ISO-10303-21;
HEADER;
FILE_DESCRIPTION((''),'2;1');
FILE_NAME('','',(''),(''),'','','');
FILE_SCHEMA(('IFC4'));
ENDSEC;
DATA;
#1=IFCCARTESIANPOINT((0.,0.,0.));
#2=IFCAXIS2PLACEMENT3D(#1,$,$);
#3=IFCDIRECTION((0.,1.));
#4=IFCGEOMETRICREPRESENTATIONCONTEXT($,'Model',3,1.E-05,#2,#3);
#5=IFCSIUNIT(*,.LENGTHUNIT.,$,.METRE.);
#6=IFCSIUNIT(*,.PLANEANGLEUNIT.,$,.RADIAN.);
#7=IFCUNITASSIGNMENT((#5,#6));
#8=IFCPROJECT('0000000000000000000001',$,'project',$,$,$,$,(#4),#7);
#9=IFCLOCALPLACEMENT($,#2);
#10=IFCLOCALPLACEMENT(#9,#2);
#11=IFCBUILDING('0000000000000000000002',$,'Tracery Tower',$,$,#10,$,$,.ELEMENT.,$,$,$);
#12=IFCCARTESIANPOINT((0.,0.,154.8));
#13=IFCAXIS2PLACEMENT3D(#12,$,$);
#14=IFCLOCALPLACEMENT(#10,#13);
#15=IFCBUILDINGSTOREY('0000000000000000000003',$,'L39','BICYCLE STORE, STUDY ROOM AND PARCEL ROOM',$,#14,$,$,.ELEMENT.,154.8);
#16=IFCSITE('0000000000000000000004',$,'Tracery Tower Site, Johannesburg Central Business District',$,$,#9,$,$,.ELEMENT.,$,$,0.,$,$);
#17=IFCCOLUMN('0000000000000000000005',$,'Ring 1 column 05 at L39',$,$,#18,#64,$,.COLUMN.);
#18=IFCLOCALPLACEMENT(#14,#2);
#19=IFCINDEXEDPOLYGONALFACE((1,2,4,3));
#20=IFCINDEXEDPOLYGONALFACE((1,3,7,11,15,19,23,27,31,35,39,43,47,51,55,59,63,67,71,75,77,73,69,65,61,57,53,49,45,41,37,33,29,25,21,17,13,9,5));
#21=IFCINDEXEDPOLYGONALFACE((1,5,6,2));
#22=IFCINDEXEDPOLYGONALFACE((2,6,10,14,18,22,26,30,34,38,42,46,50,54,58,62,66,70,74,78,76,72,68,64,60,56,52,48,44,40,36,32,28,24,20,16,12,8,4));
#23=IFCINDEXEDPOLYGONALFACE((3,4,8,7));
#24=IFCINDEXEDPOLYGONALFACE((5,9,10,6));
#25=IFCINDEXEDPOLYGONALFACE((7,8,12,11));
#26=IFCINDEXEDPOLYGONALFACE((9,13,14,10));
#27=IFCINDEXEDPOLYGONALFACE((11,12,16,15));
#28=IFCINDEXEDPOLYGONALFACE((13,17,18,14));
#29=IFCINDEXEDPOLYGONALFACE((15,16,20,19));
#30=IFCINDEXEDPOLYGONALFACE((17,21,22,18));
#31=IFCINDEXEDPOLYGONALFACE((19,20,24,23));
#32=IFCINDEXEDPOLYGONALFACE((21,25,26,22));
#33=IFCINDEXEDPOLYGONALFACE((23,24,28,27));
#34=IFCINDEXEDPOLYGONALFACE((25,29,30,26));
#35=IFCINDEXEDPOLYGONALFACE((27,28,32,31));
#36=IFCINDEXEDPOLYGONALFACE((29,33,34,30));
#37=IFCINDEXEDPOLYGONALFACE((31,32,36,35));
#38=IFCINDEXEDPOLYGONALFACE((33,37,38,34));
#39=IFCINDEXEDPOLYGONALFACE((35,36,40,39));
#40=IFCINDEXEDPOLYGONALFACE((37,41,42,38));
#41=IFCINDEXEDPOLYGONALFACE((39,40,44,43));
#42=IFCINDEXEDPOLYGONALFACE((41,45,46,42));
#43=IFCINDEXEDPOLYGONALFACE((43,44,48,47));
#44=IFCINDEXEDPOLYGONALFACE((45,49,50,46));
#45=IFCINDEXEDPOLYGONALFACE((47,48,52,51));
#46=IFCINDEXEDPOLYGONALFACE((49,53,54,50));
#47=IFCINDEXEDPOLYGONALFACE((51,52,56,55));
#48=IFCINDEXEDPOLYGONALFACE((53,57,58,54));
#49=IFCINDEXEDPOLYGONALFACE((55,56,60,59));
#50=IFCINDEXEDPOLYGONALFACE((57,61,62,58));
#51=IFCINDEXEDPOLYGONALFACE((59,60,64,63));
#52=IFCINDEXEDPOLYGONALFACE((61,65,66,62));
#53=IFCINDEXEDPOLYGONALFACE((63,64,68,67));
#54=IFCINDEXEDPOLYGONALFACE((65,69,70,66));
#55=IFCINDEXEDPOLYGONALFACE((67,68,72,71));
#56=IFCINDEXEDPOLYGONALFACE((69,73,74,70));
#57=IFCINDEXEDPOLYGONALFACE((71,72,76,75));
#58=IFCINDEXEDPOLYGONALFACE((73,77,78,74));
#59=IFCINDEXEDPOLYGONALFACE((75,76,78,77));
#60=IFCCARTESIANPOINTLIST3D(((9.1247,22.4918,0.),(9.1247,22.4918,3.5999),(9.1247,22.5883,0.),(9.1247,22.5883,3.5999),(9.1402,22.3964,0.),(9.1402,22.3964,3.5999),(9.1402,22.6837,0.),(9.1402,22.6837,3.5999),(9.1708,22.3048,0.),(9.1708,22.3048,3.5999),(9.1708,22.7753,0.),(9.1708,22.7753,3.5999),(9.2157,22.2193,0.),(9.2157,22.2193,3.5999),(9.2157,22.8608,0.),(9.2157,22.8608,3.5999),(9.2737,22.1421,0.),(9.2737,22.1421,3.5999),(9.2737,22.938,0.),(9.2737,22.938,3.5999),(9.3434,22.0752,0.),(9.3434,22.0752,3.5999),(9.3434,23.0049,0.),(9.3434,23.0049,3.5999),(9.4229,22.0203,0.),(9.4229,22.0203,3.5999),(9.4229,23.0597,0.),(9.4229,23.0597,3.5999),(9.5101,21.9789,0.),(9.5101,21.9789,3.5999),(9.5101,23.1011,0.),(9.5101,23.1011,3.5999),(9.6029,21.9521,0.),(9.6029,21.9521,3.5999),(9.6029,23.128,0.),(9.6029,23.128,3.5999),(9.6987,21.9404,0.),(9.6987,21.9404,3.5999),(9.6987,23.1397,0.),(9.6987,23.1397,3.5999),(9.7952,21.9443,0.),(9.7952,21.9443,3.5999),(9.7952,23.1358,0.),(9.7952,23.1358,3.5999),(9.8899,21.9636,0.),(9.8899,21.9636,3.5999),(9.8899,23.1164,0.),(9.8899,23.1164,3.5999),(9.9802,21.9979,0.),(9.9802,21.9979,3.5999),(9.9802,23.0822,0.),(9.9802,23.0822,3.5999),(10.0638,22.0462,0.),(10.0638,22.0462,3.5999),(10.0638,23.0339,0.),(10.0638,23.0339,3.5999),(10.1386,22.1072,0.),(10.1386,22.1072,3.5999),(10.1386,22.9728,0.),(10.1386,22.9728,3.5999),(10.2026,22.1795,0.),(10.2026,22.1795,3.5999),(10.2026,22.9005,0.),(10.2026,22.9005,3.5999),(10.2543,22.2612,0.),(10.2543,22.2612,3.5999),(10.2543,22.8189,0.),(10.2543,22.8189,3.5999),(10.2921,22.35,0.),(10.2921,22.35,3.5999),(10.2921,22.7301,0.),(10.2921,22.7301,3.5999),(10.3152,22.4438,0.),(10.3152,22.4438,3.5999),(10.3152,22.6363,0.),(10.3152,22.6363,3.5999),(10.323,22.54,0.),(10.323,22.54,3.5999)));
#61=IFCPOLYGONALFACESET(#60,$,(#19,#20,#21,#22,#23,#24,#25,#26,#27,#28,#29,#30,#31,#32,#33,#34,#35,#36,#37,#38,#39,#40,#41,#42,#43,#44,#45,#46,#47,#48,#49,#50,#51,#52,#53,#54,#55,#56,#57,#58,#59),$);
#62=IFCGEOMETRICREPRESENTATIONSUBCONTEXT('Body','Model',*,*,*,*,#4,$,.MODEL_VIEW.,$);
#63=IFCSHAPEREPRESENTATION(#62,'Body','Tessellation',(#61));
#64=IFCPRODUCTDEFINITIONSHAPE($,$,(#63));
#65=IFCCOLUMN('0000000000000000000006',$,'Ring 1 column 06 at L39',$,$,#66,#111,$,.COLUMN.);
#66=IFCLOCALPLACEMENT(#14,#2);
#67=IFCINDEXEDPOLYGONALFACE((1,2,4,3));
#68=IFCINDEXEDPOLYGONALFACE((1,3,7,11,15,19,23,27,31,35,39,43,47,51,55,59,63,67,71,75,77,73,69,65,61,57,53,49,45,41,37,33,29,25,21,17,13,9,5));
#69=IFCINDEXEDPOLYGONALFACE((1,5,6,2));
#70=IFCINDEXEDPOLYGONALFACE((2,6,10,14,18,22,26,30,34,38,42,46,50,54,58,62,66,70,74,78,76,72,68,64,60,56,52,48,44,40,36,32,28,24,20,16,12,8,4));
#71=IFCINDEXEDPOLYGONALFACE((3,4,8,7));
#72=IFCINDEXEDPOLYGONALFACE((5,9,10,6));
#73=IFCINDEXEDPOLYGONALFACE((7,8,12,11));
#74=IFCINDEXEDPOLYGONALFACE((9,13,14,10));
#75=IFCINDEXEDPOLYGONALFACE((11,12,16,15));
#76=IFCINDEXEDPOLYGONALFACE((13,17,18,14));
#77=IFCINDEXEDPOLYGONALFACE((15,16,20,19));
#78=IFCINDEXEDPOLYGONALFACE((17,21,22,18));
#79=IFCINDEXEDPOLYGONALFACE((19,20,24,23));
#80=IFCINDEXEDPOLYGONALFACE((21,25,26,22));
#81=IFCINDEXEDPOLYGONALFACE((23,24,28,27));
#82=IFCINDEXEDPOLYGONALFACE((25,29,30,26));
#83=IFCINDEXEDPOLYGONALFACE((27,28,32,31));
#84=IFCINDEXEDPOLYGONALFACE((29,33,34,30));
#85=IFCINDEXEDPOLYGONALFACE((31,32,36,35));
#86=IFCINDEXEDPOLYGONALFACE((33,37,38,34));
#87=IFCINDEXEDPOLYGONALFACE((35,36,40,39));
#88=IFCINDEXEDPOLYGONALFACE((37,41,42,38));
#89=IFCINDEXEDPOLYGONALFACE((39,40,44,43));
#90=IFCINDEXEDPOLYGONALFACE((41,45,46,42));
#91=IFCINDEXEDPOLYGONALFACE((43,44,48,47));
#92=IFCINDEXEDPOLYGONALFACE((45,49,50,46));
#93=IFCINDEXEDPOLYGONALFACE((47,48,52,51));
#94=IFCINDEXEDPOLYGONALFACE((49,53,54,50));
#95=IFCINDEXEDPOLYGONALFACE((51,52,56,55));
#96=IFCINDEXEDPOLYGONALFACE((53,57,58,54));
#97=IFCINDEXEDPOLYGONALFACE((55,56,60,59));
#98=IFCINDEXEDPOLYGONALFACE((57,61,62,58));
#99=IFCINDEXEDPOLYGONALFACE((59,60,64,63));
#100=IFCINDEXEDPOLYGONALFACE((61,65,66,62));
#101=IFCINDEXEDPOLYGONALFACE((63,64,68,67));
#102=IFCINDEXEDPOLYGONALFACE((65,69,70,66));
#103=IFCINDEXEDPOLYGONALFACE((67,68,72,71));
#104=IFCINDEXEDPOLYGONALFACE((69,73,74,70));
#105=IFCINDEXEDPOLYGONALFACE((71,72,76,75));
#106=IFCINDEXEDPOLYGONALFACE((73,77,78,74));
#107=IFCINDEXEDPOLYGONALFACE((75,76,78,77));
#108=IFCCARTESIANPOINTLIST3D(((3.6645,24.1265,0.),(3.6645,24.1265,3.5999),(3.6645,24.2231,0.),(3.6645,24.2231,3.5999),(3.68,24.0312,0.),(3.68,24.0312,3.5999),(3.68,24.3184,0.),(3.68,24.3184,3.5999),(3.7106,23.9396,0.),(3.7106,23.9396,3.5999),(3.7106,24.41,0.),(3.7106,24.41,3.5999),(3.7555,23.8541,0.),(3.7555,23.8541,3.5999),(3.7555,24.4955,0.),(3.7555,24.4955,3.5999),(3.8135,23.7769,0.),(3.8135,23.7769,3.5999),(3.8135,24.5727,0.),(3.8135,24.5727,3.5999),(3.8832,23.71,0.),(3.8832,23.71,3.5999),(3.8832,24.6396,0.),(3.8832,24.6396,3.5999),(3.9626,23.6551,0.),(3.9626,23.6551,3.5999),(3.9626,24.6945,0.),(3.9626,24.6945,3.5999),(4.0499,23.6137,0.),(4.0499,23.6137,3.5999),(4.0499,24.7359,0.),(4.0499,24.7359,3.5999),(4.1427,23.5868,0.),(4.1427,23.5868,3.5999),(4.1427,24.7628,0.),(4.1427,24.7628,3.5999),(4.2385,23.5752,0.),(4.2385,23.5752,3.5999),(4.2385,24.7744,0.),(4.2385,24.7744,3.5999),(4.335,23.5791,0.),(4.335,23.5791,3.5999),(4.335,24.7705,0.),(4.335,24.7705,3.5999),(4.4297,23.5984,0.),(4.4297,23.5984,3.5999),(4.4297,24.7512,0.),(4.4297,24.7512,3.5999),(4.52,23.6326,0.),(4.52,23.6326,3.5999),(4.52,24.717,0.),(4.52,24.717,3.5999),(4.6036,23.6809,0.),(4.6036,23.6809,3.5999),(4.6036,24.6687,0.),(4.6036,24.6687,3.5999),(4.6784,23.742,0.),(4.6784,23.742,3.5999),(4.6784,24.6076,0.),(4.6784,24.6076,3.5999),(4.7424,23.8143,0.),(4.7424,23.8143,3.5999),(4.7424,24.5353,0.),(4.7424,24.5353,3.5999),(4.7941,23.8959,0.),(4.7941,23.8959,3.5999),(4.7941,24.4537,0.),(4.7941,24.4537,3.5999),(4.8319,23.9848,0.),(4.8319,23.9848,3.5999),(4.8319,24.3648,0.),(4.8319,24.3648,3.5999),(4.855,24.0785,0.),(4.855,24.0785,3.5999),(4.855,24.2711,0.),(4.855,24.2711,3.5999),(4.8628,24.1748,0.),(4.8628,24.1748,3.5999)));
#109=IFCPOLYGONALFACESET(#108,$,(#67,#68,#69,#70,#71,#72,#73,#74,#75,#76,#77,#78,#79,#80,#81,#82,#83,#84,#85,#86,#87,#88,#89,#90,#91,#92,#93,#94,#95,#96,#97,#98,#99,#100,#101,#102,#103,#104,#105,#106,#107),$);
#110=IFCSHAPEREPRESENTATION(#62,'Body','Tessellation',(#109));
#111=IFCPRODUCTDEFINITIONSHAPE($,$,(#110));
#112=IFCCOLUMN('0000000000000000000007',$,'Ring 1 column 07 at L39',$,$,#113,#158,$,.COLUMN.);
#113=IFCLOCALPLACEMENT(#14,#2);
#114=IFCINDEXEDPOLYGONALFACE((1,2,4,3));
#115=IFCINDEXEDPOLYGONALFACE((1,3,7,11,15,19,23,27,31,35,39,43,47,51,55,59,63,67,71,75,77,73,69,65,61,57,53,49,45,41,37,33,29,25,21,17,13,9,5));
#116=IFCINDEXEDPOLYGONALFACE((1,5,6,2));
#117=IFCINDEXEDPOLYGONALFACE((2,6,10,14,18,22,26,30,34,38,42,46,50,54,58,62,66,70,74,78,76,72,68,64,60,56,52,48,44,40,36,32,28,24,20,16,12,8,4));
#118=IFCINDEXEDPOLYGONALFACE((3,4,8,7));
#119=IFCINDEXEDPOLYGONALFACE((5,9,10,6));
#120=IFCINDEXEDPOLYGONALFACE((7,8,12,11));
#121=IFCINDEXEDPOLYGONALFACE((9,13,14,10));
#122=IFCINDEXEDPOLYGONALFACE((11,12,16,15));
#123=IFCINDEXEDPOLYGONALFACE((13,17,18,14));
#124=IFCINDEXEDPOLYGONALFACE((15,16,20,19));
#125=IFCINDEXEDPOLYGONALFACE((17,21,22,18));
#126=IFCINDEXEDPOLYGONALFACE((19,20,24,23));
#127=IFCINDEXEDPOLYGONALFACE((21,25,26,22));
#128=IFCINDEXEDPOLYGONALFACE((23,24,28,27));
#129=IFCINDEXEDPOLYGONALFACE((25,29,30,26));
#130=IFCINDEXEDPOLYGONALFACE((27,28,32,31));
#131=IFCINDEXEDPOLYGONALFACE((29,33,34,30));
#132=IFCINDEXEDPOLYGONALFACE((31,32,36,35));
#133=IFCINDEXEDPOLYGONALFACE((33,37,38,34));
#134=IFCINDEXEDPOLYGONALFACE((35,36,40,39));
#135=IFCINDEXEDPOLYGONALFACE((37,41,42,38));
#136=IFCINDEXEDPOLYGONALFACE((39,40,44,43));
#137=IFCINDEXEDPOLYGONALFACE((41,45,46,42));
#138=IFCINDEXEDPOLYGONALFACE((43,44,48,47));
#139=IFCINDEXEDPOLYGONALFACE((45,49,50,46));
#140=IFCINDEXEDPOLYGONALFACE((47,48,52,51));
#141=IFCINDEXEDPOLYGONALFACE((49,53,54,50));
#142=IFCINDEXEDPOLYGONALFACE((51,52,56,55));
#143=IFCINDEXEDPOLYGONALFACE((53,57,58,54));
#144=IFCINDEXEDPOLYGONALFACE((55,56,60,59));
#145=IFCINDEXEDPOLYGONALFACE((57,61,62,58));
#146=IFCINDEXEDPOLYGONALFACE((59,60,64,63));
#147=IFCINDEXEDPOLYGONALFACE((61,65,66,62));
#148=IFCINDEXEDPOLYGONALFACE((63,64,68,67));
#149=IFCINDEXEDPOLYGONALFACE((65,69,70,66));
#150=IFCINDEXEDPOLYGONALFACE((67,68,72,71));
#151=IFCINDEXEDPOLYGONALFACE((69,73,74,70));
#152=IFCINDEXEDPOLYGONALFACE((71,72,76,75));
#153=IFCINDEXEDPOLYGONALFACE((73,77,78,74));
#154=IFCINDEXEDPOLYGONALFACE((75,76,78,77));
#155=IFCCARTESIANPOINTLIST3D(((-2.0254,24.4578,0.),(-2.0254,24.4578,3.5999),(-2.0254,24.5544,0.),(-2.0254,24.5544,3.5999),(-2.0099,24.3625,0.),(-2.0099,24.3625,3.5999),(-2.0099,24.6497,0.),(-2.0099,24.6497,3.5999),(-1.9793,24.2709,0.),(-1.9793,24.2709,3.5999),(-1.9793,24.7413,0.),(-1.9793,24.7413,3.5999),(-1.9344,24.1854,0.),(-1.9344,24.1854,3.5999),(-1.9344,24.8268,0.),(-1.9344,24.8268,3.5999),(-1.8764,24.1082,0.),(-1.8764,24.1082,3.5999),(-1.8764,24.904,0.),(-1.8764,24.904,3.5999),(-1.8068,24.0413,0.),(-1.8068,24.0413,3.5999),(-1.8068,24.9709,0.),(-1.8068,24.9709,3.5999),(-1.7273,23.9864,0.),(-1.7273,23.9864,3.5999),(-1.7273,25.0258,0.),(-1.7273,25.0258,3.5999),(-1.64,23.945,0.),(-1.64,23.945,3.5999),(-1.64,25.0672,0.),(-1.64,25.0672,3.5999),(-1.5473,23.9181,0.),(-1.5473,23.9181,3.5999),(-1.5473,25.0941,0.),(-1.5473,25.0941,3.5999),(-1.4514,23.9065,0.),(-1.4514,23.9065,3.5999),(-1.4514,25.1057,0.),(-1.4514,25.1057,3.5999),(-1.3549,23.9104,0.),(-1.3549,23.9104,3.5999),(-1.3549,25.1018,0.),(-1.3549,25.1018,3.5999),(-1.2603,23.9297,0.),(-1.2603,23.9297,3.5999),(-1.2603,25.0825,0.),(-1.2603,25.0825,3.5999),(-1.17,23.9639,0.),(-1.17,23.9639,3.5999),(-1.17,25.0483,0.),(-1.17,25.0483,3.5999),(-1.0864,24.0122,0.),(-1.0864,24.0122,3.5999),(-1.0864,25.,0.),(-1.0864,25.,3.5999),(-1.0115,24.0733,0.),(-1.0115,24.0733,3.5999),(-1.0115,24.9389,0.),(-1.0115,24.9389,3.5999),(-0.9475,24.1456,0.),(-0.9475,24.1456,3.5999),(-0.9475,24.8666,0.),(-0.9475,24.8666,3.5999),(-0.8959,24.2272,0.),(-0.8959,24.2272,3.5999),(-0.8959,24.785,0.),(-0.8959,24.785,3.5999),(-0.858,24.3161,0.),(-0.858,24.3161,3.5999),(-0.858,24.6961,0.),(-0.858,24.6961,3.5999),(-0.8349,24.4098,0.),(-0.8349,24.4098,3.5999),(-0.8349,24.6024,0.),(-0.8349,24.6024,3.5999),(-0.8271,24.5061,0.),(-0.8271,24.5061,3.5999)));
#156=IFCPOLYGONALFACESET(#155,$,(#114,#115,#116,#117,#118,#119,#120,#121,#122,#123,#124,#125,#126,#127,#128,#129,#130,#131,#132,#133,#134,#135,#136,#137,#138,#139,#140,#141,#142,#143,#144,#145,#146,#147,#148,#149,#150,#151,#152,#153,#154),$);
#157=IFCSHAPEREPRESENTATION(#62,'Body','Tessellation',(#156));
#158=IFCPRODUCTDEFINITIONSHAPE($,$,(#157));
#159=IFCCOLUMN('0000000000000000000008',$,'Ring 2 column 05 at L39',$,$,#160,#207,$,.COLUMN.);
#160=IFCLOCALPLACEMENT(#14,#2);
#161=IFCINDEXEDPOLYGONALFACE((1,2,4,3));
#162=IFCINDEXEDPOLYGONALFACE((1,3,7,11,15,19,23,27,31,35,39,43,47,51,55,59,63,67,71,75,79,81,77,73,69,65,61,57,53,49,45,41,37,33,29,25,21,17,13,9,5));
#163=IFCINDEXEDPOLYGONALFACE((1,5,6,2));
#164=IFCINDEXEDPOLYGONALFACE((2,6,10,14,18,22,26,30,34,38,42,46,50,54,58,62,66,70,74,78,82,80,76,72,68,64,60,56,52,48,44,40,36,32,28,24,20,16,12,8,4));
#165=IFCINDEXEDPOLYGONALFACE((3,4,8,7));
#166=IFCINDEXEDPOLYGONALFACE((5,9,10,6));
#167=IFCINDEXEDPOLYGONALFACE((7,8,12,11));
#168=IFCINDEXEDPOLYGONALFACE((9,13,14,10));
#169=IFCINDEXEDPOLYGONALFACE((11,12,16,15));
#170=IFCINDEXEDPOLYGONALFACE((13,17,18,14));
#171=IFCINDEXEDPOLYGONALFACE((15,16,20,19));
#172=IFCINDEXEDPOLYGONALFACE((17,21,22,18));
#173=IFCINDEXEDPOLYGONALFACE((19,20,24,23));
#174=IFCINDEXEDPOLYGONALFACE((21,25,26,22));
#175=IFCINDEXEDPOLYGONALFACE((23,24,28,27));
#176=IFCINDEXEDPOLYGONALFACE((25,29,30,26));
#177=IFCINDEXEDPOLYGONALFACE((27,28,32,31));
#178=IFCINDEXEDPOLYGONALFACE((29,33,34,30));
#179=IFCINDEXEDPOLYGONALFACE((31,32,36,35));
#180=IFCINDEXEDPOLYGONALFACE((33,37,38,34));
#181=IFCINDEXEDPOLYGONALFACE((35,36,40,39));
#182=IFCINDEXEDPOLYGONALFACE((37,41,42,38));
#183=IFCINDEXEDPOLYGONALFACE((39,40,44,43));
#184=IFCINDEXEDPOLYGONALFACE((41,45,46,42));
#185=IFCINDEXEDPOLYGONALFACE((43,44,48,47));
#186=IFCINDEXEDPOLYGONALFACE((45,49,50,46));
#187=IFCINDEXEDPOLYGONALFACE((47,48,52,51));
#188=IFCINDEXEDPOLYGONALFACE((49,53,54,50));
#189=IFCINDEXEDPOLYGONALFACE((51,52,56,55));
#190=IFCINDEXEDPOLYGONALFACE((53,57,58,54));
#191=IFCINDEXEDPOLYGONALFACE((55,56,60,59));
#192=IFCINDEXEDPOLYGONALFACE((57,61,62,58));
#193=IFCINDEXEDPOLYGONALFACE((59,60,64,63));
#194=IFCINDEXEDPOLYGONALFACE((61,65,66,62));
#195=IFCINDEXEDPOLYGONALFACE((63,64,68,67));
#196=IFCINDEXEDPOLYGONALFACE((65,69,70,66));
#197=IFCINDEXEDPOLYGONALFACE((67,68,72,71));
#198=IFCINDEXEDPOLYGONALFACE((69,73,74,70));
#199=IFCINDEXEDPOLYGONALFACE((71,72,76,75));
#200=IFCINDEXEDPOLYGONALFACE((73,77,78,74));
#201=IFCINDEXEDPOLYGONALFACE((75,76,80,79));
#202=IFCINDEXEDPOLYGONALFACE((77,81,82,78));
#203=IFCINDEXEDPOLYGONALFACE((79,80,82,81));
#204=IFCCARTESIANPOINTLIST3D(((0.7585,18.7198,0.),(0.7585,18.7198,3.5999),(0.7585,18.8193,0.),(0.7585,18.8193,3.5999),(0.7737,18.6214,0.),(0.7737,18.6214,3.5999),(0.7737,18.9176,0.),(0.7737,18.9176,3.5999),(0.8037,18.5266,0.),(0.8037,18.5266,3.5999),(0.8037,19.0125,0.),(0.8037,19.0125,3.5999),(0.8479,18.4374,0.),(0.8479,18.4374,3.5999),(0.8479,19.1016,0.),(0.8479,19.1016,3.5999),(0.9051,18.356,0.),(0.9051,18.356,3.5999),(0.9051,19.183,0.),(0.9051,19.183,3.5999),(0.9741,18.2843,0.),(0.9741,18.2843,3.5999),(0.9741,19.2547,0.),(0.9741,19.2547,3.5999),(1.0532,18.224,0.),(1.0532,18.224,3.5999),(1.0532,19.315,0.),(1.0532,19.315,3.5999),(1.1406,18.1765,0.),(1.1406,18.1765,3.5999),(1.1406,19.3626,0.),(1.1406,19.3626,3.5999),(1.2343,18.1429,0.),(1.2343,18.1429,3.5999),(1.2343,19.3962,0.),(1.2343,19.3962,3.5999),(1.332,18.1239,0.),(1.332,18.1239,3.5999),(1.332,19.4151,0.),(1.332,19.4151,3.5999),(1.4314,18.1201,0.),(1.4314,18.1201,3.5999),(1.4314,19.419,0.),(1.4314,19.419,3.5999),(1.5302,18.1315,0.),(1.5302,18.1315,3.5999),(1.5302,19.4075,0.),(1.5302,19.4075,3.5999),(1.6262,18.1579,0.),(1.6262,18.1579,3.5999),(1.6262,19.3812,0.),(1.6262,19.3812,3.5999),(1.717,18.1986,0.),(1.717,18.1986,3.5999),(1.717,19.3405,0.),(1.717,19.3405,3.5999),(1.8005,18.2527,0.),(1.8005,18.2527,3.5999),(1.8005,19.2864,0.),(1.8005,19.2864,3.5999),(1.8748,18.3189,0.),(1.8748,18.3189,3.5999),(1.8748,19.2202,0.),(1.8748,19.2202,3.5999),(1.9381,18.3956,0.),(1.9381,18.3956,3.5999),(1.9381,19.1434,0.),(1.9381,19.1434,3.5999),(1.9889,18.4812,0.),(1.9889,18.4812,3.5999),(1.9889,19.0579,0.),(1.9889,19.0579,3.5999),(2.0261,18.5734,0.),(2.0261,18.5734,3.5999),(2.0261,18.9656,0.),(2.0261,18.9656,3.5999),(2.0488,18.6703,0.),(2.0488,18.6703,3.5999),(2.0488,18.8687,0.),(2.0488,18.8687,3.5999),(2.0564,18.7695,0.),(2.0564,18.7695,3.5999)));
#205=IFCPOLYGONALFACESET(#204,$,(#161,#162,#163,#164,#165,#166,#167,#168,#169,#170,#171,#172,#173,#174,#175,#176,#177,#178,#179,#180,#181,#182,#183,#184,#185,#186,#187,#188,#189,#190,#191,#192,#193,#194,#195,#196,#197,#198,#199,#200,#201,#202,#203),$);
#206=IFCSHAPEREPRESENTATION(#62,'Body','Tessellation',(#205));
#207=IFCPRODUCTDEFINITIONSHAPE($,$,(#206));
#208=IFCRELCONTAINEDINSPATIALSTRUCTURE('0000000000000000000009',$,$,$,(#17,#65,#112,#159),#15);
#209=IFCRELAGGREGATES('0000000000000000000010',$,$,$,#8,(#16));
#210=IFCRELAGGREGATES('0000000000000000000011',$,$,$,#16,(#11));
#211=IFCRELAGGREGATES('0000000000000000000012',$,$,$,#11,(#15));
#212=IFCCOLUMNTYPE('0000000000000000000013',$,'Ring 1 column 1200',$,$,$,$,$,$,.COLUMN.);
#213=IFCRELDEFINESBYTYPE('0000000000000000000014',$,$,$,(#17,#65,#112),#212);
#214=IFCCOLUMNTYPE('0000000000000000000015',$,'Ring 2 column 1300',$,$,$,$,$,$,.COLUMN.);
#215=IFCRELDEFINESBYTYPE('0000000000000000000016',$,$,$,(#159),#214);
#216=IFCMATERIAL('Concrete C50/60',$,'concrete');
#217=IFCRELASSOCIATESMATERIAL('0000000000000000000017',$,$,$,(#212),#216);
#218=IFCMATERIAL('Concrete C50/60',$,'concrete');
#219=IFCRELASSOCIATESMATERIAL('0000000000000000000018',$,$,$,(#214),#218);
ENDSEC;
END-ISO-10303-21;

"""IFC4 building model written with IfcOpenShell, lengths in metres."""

from ifc_helpers import new_model, si_unit, direction, frame, origin, origin_2d, place, context, subcontext, project, spatial, circle, extrude, material, material_profile, profile_set, type_object, element, save


model = new_model("IFC4")

# Units and contexts
model_context = context("Model", 3, precision=1e-05, world=origin(), true_north=direction((0.0, 1.0)))
body_context = subcontext(model_context, "Body", "Model", "MODEL_VIEW")
ifc_project = project(units=[si_unit("LENGTHUNIT", "METRE"), si_unit("PLANEANGLEUNIT", "RADIAN")], contexts=[model_context])

# Site, building, storey
site_placement = place(None, origin())
site = spatial("IfcSite", under=ifc_project, at=site_placement, Name="Tracery Tower Site, Johannesburg Central Business District", CompositionType="ELEMENT", RefElevation=0.0)
building_placement = place(site_placement, origin())
building = spatial("IfcBuilding", under=site, at=building_placement, Name="Tracery Tower", CompositionType="ELEMENT")
storey_placement = place(building_placement, frame((0.0, 0.0, 154.8)))
storey = spatial("IfcBuildingStorey", under=building, at=storey_placement, Name="L39", Description="BICYCLE STORE, STUDY ROOM AND PARCEL ROOM", CompositionType="ELEMENT", Elevation=154.8)

# Columns
ifc_material_1 = material(Name="Concrete C50/60", Category="concrete")
ifc_material_profile_1 = material_profile(ifc_material_1, circle(Radius=0.6001, at=origin_2d()), Name="RC D1200")
ifc_profile_set_1 = profile_set([ifc_material_profile_1], Name="Concrete C50/60")
column_type_1 = type_object("IfcColumnType", Name="Ring 1 column 1200", PredefinedType="COLUMN", material=ifc_profile_set_1)
for number, where, z_axis, x_axis, name in (
    (1, (9.7229, 22.54, 0.0), (0.0, 0.0, 1.0), (1.0, 0.0, 0.0), "Ring 1 column 05 at L39"),
    (2, (4.2627, 24.1748, 0.0), (0.0, 0.0, 1.0), (1.0, 0.0, 0.0), "Ring 1 column 06 at L39"),
    (3, (-1.4272, 24.5061, 0.0), (0.0, 0.0, 1.0), (1.0, 0.0, 0.0), "Ring 1 column 07 at L39"),
):
    element("IfcColumn", number, at=place(storey_placement, frame(where, z_axis=z_axis, x_axis=x_axis)), inside=storey, type_object=column_type_1, Name=name, PredefinedType="COLUMN", context=body_context, shape_type="SweptSolid", body=[
        extrude(circle(Radius=0.6001, at=origin_2d()), origin(), (0.0, 0.0, 1.0), 3.5999),
    ])
ifc_material_2 = material(Name="Concrete C50/60", Category="concrete")
ifc_material_profile_2 = material_profile(ifc_material_2, circle(Radius=0.6499, at=origin_2d()), Name="RC D1300")
ifc_profile_set_2 = profile_set([ifc_material_profile_2], Name="Concrete C50/60")
column_type_2 = type_object("IfcColumnType", Name="Ring 2 column 1300", PredefinedType="COLUMN", material=ifc_profile_set_2)
column_placement = place(storey_placement, frame((1.4065, 18.7695, 0.0), z_axis=(0.0, 0.0, 1.0), x_axis=(1.0, 0.0, 0.0)))
element("IfcColumn", 4, at=column_placement, inside=storey, type_object=column_type_2, Name="Ring 2 column 05 at L39", PredefinedType="COLUMN", context=body_context, shape_type="SweptSolid", body=[
    extrude(circle(Radius=0.6499, at=origin_2d()), origin(), (0.0, 0.0, 1.0), 3.5999),
])

save(model, "model.ifc")
